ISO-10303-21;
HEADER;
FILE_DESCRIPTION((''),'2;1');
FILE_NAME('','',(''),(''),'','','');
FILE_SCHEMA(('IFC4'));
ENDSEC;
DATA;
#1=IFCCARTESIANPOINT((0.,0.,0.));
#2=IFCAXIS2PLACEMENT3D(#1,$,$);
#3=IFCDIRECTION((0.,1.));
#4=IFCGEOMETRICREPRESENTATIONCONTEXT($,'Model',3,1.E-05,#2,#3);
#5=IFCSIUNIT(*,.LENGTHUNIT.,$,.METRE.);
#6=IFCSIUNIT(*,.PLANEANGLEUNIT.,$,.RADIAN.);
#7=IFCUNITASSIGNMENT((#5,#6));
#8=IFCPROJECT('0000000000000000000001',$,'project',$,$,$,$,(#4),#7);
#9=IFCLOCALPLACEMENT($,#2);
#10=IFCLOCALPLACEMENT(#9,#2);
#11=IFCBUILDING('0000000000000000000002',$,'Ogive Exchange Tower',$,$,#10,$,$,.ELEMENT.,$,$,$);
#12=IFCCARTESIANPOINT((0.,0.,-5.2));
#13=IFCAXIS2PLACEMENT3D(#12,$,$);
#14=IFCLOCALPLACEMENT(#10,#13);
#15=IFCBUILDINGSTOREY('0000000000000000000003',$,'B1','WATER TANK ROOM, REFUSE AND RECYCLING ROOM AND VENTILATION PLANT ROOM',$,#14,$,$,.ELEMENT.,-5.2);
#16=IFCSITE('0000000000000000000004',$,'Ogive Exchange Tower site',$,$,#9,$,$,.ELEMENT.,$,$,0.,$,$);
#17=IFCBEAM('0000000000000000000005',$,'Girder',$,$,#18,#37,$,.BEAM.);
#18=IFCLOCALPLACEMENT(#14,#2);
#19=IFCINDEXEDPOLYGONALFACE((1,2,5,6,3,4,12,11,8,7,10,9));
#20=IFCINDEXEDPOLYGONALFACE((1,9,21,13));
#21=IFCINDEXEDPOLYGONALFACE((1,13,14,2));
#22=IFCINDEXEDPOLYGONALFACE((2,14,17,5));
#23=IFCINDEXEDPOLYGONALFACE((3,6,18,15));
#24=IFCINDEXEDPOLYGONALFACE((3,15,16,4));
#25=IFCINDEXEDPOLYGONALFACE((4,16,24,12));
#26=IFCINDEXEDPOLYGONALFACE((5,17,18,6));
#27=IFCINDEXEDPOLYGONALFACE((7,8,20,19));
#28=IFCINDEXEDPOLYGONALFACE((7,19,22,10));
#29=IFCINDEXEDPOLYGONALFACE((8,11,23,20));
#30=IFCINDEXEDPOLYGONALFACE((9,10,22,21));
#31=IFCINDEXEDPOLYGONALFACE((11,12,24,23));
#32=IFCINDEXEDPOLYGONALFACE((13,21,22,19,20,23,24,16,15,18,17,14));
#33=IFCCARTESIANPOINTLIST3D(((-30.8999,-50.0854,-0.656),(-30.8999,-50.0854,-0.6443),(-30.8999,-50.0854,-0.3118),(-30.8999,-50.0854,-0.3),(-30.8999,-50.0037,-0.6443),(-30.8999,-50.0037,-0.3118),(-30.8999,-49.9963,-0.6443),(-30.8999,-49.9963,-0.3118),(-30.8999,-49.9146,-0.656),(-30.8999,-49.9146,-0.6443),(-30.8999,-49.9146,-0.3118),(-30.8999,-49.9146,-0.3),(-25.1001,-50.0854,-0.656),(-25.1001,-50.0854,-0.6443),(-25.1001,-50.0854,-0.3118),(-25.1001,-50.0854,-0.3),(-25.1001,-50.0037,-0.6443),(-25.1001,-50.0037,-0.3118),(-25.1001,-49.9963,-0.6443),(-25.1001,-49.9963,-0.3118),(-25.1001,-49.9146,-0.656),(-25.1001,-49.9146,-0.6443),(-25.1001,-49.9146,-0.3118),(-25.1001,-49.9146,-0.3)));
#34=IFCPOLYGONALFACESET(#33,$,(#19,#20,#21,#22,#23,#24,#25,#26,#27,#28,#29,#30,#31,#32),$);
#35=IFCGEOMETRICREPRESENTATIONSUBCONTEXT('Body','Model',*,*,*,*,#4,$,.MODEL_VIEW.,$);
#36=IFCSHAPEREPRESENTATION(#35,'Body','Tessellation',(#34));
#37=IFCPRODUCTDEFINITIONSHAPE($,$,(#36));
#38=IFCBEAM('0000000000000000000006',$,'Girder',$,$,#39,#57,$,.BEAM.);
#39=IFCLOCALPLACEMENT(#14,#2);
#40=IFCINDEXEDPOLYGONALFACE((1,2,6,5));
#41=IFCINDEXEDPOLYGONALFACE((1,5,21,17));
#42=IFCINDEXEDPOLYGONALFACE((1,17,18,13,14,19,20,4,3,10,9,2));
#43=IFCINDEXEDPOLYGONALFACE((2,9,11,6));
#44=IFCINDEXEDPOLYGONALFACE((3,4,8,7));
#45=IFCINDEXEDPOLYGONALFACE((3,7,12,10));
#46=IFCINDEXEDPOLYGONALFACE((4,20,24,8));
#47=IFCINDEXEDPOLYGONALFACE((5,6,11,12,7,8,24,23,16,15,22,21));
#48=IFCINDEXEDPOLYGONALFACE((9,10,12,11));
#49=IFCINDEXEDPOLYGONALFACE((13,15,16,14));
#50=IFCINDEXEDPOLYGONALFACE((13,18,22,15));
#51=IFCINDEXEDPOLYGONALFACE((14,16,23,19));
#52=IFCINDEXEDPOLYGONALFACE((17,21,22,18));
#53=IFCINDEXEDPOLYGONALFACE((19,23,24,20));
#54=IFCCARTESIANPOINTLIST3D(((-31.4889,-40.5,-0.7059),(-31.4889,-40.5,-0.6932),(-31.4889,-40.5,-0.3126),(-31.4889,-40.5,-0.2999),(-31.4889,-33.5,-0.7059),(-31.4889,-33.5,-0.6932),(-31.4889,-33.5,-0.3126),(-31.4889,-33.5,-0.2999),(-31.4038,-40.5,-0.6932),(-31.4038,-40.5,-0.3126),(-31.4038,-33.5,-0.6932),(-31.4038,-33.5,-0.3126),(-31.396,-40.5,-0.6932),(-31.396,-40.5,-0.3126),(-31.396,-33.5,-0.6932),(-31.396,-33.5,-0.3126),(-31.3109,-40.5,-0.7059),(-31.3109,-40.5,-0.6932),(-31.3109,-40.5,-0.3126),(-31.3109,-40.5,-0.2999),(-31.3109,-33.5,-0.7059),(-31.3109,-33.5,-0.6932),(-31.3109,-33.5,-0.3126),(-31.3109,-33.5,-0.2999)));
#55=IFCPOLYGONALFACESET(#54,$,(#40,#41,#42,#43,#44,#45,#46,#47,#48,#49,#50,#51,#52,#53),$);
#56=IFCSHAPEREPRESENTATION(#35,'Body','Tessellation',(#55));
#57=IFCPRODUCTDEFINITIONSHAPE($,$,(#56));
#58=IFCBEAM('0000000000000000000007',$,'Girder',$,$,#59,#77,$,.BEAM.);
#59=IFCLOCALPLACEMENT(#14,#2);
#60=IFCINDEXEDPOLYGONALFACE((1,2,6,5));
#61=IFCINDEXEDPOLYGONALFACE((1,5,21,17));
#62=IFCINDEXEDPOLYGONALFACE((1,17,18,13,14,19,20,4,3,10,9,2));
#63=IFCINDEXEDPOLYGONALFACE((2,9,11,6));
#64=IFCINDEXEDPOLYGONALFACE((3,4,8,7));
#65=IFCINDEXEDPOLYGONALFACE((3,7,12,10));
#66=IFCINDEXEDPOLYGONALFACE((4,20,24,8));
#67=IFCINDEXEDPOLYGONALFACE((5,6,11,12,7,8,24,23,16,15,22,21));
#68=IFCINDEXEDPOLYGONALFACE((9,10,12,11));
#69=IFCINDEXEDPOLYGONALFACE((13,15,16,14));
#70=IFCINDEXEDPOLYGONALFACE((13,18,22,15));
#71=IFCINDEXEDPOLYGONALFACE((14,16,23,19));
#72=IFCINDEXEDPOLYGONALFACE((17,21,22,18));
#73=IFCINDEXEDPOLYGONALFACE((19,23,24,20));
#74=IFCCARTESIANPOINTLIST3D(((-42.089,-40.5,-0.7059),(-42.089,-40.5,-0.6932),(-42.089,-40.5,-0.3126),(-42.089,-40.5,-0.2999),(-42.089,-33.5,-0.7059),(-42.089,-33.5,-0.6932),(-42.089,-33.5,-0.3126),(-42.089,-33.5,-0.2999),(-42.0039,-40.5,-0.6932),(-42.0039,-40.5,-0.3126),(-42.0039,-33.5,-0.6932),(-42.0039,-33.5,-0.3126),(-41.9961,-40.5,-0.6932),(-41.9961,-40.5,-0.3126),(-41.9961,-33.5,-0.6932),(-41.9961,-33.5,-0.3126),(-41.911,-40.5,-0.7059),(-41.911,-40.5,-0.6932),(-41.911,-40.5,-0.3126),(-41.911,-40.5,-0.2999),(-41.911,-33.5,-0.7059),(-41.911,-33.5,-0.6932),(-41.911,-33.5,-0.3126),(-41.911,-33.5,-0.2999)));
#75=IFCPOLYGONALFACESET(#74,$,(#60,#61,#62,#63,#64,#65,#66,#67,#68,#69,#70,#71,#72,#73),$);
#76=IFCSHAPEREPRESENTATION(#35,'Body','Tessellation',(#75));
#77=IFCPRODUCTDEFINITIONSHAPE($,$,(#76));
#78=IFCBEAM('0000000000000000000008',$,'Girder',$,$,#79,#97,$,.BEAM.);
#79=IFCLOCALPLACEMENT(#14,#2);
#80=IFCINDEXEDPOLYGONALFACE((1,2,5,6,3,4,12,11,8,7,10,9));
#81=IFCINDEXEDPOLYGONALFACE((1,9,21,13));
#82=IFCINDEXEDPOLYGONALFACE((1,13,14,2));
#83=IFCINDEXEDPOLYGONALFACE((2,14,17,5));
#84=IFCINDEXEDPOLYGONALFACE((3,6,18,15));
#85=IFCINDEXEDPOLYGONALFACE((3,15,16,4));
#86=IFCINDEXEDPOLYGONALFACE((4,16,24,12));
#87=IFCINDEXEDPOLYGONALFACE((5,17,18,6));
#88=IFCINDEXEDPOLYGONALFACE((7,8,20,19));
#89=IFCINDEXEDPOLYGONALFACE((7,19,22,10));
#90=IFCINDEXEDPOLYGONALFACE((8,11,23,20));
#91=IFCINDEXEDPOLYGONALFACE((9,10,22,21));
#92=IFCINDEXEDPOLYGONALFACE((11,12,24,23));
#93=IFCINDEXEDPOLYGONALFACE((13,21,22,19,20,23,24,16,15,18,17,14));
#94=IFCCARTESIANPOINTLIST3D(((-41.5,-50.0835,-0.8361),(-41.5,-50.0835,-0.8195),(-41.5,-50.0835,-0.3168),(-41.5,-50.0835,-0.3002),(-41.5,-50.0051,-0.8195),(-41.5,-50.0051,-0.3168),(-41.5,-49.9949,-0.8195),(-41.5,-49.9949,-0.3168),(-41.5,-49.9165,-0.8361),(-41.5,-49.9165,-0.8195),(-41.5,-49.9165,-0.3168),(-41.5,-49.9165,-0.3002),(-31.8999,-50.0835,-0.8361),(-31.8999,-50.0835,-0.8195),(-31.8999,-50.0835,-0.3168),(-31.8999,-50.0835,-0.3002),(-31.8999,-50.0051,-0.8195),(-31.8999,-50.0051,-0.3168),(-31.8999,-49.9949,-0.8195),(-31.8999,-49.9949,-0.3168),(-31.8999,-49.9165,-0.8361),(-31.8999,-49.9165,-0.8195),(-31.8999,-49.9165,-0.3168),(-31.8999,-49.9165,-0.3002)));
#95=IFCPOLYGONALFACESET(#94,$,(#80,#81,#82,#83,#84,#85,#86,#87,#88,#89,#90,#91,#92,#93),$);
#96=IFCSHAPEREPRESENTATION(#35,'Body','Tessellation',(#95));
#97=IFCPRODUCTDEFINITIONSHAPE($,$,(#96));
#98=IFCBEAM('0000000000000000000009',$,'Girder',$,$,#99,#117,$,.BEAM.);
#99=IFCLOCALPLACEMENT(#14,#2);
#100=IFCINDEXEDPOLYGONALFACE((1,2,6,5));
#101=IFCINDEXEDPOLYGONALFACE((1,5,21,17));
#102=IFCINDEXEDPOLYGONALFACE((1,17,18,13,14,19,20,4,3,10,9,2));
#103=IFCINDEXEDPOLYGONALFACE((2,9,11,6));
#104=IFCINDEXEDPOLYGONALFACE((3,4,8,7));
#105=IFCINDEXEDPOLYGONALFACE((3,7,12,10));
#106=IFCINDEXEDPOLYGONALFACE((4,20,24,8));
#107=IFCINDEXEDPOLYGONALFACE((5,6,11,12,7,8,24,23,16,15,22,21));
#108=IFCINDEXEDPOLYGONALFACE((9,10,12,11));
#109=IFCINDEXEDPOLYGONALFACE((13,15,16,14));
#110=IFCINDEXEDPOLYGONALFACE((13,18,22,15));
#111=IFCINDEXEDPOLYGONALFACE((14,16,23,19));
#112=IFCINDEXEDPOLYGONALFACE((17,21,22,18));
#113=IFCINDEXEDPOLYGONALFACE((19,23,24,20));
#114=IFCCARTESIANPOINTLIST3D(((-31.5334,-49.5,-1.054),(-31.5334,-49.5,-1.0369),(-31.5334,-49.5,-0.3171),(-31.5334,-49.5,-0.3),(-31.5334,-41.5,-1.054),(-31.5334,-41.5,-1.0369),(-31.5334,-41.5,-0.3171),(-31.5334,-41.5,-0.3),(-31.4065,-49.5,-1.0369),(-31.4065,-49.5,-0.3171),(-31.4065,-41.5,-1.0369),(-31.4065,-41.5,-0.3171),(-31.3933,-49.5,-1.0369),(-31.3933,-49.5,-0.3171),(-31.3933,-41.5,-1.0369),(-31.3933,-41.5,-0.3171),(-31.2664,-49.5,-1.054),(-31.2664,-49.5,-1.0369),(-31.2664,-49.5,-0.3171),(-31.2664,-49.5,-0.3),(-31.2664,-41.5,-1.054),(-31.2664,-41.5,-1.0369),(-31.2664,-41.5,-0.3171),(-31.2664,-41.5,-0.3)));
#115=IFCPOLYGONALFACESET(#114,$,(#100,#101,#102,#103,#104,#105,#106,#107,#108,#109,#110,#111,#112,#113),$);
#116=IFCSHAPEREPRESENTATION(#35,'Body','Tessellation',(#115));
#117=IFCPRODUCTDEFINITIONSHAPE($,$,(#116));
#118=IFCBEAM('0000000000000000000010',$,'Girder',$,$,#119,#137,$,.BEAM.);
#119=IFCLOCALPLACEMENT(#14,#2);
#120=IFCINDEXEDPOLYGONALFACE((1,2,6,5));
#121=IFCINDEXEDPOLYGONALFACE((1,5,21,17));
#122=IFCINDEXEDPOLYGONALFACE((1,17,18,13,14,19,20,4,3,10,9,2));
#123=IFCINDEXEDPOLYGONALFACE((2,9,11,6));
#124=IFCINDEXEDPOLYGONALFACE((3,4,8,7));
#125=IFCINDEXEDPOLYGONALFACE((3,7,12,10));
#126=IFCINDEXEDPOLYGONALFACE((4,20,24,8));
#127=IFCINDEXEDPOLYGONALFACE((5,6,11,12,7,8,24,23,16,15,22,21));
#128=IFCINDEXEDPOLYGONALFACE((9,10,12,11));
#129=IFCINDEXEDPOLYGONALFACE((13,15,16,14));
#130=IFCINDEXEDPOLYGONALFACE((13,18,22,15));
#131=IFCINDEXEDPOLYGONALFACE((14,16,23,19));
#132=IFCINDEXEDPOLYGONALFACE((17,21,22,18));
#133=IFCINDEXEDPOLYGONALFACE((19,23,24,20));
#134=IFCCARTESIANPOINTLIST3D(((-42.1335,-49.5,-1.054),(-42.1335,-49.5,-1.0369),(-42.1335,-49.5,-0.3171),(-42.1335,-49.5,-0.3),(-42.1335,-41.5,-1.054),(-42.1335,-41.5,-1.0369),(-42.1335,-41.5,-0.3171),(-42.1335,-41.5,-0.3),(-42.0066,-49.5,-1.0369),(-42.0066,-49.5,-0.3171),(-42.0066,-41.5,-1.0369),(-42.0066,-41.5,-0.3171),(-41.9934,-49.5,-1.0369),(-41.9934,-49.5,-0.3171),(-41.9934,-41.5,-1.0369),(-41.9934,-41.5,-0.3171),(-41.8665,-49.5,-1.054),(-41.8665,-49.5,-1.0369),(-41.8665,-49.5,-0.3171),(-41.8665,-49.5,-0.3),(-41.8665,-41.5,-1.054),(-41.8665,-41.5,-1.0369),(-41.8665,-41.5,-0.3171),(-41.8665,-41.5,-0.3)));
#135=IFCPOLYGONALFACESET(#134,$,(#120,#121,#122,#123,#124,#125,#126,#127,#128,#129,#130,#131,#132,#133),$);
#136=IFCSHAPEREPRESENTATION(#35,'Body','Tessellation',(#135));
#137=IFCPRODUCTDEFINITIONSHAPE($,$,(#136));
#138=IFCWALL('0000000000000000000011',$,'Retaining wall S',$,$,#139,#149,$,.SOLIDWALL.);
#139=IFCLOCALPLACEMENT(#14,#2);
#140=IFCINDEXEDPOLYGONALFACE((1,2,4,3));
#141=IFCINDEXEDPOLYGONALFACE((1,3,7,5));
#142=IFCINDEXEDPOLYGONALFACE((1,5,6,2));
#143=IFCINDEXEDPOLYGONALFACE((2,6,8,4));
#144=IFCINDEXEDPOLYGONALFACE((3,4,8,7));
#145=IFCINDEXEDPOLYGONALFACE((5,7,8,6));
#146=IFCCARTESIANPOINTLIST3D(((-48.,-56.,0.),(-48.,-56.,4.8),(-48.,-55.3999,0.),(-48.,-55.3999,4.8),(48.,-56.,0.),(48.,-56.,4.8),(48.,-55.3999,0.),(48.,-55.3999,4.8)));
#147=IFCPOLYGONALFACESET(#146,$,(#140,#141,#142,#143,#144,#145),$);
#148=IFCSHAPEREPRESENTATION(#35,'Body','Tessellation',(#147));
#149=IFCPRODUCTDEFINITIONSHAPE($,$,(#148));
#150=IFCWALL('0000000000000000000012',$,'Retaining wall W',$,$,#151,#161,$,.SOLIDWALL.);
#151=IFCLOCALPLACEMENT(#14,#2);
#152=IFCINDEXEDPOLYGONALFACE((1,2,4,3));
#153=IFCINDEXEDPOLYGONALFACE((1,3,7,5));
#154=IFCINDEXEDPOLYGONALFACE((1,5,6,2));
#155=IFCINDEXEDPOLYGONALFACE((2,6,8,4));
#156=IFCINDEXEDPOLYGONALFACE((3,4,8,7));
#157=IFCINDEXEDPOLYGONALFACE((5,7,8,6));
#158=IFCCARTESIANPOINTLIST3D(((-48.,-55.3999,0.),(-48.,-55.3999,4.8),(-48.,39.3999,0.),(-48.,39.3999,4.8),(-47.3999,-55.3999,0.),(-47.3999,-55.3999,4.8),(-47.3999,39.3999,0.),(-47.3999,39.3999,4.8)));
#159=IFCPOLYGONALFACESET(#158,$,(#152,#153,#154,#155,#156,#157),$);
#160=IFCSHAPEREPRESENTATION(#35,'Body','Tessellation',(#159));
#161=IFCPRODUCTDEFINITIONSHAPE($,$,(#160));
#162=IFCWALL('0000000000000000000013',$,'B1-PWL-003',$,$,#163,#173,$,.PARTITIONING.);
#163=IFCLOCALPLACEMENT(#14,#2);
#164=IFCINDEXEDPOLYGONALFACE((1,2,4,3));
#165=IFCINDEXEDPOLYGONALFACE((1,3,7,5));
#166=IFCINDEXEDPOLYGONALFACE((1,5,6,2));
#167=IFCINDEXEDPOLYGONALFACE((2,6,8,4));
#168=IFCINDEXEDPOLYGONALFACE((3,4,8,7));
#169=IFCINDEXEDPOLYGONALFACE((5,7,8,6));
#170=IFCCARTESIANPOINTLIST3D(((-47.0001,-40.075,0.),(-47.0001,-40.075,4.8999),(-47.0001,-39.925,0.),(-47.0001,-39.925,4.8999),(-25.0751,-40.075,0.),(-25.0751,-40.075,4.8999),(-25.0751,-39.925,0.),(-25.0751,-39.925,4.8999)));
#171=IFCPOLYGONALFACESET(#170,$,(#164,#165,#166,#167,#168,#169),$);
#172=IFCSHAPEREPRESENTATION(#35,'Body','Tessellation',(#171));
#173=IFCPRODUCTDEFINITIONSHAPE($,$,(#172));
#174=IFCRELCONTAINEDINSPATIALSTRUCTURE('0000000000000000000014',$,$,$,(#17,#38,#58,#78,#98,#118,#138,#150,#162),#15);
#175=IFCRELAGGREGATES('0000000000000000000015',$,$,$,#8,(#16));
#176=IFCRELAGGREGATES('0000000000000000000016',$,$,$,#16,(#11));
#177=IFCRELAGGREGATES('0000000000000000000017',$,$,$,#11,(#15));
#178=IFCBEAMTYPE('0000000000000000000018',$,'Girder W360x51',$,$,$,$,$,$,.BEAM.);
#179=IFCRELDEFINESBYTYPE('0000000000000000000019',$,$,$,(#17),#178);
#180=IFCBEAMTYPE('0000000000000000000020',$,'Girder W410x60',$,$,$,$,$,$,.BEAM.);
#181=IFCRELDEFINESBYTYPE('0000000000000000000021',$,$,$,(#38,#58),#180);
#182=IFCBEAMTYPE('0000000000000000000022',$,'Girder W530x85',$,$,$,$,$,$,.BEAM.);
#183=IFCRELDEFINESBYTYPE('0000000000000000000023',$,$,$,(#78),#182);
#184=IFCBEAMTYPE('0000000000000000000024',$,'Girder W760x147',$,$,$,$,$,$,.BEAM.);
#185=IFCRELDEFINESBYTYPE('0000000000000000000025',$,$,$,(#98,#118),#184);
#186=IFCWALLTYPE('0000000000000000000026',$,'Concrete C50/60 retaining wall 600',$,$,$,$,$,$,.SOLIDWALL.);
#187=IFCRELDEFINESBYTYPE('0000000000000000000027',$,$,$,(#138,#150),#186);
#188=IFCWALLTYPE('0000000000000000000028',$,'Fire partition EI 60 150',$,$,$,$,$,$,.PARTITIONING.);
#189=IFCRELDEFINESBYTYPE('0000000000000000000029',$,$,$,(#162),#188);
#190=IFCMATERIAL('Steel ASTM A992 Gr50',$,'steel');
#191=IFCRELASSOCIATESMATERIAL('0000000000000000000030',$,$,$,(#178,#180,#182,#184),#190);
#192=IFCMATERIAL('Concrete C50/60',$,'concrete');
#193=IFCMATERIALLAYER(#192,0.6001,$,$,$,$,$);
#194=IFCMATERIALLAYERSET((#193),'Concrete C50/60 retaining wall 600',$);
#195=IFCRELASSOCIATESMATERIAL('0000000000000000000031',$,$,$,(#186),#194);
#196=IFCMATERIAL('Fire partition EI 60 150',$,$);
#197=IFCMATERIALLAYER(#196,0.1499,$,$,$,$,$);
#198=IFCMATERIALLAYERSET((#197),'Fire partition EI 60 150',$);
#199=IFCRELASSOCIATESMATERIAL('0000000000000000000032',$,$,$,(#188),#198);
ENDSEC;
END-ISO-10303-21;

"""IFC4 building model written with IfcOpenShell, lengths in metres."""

from ifc_helpers import new_model, si_unit, direction, frame, frame_2d, origin, origin_2d, place, context, subcontext, project, spatial, rectangle, i_section, extrude, material, layer, layer_set, material_profile, profile_set, type_object, element, save


model = new_model("IFC4")

# Units and contexts
model_context = context("Model", 3, precision=1e-05, world=origin(), true_north=direction((0.0, 1.0)))
body_context = subcontext(model_context, "Body", "Model", "MODEL_VIEW")
ifc_project = project(units=[si_unit("LENGTHUNIT", "METRE"), si_unit("PLANEANGLEUNIT", "RADIAN")], contexts=[model_context])

# Site, building, storey
site_placement = place(None, origin())
site = spatial("IfcSite", under=ifc_project, at=site_placement, Name="Ogive Exchange Tower site", CompositionType="ELEMENT", RefElevation=0.0)
building_placement = place(site_placement, origin())
building = spatial("IfcBuilding", under=site, at=building_placement, Name="Ogive Exchange Tower", CompositionType="ELEMENT")
storey_placement = place(building_placement, frame((0.0, 0.0, -5.2)))
storey = spatial("IfcBuildingStorey", under=building, at=storey_placement, Name="B1", Description="WATER TANK ROOM, REFUSE AND RECYCLING ROOM AND VENTILATION PLANT ROOM", CompositionType="ELEMENT", Elevation=-5.2)

# Beams
ifc_material_1 = material(Name="Steel ASTM A992 Gr50", Category="steel")
ifc_material_profile_1 = material_profile(ifc_material_1, i_section(OverallWidth=0.1709, OverallDepth=0.356, WebThickness=0.0073, FlangeThickness=0.0117, at=origin_2d()), Name="W360x51")
ifc_profile_set_1 = profile_set([ifc_material_profile_1], Name="Steel ASTM A992 Gr50")
beam_type_1 = type_object("IfcBeamType", Name="Girder W360x51", PredefinedType="BEAM", material=ifc_profile_set_1)
beam_1_placement = place(storey_placement, frame((-30.8999, -50.0, -0.478), z_axis=(1.0, 0.0, 0.0), x_axis=(0.0, 1.0, 0.0)))
element("IfcBeam", 1, at=beam_1_placement, inside=storey, type_object=beam_type_1, Name="Girder", PredefinedType="BEAM", context=body_context, shape_type="SweptSolid", body=[
    extrude(i_section(OverallWidth=0.1709, OverallDepth=0.356, WebThickness=0.0073, FlangeThickness=0.0117, at=origin_2d()), origin(), (0.0, 0.0, 1.0), 5.7998),
])
ifc_material_profile_2 = material_profile(ifc_material_1, i_section(OverallWidth=0.178, OverallDepth=0.406, WebThickness=0.0078, FlangeThickness=0.0127, at=origin_2d()), Name="W410x60")
ifc_profile_set_2 = profile_set([ifc_material_profile_2], Name="Steel ASTM A992 Gr50")
beam_type_2 = type_object("IfcBeamType", Name="Girder W410x60", PredefinedType="BEAM", material=ifc_profile_set_2)
for number, where, z_axis, x_axis, name in (
    (2, (-31.3999, -40.5, -0.5029), (0.0, 1.0, 0.0), (-1.0, 0.0, 0.0), "Girder"),
    (3, (-42.0, -40.5, -0.5029), (0.0, 1.0, 0.0), (-1.0, 0.0, 0.0), "Girder"),
):
    element("IfcBeam", number, at=place(storey_placement, frame(where, z_axis=z_axis, x_axis=x_axis)), inside=storey, type_object=beam_type_2, Name=name, PredefinedType="BEAM", context=body_context, shape_type="SweptSolid", body=[
        extrude(i_section(OverallWidth=0.178, OverallDepth=0.406, WebThickness=0.0078, FlangeThickness=0.0127, at=origin_2d()), origin(), (0.0, 0.0, 1.0), 7.0),
    ])
ifc_material_profile_3 = material_profile(ifc_material_1, i_section(OverallWidth=0.167, OverallDepth=0.5359, WebThickness=0.0103, FlangeThickness=0.0166, at=origin_2d()), Name="W530x85")
ifc_profile_set_3 = profile_set([ifc_material_profile_3], Name="Steel ASTM A992 Gr50")
beam_type_3 = type_object("IfcBeamType", Name="Girder W530x85", PredefinedType="BEAM", material=ifc_profile_set_3)
beam_2_placement = place(storey_placement, frame((-41.5, -50.0, -0.5681), z_axis=(1.0, 0.0, 0.0), x_axis=(0.0, 1.0, 0.0)))
element("IfcBeam", 4, at=beam_2_placement, inside=storey, type_object=beam_type_3, Name="Girder", PredefinedType="BEAM", context=body_context, shape_type="SweptSolid", body=[
    extrude(i_section(OverallWidth=0.167, OverallDepth=0.5359, WebThickness=0.0103, FlangeThickness=0.0166, at=origin_2d()), origin(), (0.0, 0.0, 1.0), 9.6001),
])
ifc_material_profile_4 = material_profile(ifc_material_1, i_section(OverallWidth=0.2671, OverallDepth=0.7539, WebThickness=0.0132, FlangeThickness=0.0171, at=origin_2d()), Name="W760x147")
ifc_profile_set_4 = profile_set([ifc_material_profile_4], Name="Steel ASTM A992 Gr50")
beam_type_4 = type_object("IfcBeamType", Name="Girder W760x147", PredefinedType="BEAM", material=ifc_profile_set_4)
for number, where, z_axis, x_axis, name in (
    (5, (-31.3999, -49.5, -0.677), (0.0, 1.0, 0.0), (-1.0, 0.0, 0.0), "Girder"),
    (6, (-42.0, -49.5, -0.677), (0.0, 1.0, 0.0), (-1.0, 0.0, 0.0), "Girder"),
):
    element("IfcBeam", number, at=place(storey_placement, frame(where, z_axis=z_axis, x_axis=x_axis)), inside=storey, type_object=beam_type_4, Name=name, PredefinedType="BEAM", context=body_context, shape_type="SweptSolid", body=[
        extrude(i_section(OverallWidth=0.2671, OverallDepth=0.7539, WebThickness=0.0132, FlangeThickness=0.0171, at=origin_2d()), origin(), (0.0, 0.0, 1.0), 8.0),
    ])

# Walls
ifc_material_2 = material(Name="Concrete C50/60", Category="concrete")
ifc_layer_1 = layer(ifc_material_2, 0.6001)
ifc_layer_set_1 = layer_set([ifc_layer_1], Name="Concrete C50/60 retaining wall 600")
wall_type_1 = type_object("IfcWallType", Name="Concrete C50/60 retaining wall 600", PredefinedType="SOLIDWALL", material=ifc_layer_set_1)
wall_1_placement = place(storey_placement, frame((-48.0, -55.7, 0.0), z_axis=(0.0, 0.0, 1.0), x_axis=(1.0, 0.0, 0.0)))
element("IfcWall", 7, at=wall_1_placement, inside=storey, type_object=wall_type_1, Name="Retaining wall S", PredefinedType="SOLIDWALL", context=body_context, shape_type="SweptSolid", body=[
    extrude(rectangle(XDim=96.0, YDim=0.6001, at=frame_2d((48.0, 0.0))), origin(), (0.0, 0.0, 1.0), 4.8),
])
wall_2_placement = place(storey_placement, frame((-47.7, -55.3999, 0.0), z_axis=(0.0, 0.0, 1.0), x_axis=(0.0, 1.0, 0.0)))
element("IfcWall", 8, at=wall_2_placement, inside=storey, type_object=wall_type_1, Name="Retaining wall W", PredefinedType="SOLIDWALL", context=body_context, shape_type="SweptSolid", body=[
    extrude(rectangle(XDim=94.7998, YDim=0.6001, at=frame_2d((47.3999, 0.0))), origin(), (0.0, 0.0, 1.0), 4.8),
])
ifc_material_3 = material(Name="Fire partition EI 60 150")
ifc_layer_2 = layer(ifc_material_3, 0.1499)
ifc_layer_set_2 = layer_set([ifc_layer_2], Name="Fire partition EI 60 150")
wall_type_2 = type_object("IfcWallType", Name="Fire partition EI 60 150", PredefinedType="PARTITIONING", material=ifc_layer_set_2)
wall_3_placement = place(storey_placement, frame((-47.0, -40.0, 0.0), z_axis=(0.0, 0.0, 1.0), x_axis=(1.0, 0.0, 0.0)))
element("IfcWall", 9, at=wall_3_placement, inside=storey, type_object=wall_type_2, Name="B1-PWL-003", PredefinedType="PARTITIONING", context=body_context, shape_type="SweptSolid", body=[
    extrude(rectangle(XDim=21.925, YDim=0.1499, at=frame_2d((10.9624, 0.0))), origin(), (0.0, 0.0, 1.0), 4.8999),
])

save(model, "model.ifc")
